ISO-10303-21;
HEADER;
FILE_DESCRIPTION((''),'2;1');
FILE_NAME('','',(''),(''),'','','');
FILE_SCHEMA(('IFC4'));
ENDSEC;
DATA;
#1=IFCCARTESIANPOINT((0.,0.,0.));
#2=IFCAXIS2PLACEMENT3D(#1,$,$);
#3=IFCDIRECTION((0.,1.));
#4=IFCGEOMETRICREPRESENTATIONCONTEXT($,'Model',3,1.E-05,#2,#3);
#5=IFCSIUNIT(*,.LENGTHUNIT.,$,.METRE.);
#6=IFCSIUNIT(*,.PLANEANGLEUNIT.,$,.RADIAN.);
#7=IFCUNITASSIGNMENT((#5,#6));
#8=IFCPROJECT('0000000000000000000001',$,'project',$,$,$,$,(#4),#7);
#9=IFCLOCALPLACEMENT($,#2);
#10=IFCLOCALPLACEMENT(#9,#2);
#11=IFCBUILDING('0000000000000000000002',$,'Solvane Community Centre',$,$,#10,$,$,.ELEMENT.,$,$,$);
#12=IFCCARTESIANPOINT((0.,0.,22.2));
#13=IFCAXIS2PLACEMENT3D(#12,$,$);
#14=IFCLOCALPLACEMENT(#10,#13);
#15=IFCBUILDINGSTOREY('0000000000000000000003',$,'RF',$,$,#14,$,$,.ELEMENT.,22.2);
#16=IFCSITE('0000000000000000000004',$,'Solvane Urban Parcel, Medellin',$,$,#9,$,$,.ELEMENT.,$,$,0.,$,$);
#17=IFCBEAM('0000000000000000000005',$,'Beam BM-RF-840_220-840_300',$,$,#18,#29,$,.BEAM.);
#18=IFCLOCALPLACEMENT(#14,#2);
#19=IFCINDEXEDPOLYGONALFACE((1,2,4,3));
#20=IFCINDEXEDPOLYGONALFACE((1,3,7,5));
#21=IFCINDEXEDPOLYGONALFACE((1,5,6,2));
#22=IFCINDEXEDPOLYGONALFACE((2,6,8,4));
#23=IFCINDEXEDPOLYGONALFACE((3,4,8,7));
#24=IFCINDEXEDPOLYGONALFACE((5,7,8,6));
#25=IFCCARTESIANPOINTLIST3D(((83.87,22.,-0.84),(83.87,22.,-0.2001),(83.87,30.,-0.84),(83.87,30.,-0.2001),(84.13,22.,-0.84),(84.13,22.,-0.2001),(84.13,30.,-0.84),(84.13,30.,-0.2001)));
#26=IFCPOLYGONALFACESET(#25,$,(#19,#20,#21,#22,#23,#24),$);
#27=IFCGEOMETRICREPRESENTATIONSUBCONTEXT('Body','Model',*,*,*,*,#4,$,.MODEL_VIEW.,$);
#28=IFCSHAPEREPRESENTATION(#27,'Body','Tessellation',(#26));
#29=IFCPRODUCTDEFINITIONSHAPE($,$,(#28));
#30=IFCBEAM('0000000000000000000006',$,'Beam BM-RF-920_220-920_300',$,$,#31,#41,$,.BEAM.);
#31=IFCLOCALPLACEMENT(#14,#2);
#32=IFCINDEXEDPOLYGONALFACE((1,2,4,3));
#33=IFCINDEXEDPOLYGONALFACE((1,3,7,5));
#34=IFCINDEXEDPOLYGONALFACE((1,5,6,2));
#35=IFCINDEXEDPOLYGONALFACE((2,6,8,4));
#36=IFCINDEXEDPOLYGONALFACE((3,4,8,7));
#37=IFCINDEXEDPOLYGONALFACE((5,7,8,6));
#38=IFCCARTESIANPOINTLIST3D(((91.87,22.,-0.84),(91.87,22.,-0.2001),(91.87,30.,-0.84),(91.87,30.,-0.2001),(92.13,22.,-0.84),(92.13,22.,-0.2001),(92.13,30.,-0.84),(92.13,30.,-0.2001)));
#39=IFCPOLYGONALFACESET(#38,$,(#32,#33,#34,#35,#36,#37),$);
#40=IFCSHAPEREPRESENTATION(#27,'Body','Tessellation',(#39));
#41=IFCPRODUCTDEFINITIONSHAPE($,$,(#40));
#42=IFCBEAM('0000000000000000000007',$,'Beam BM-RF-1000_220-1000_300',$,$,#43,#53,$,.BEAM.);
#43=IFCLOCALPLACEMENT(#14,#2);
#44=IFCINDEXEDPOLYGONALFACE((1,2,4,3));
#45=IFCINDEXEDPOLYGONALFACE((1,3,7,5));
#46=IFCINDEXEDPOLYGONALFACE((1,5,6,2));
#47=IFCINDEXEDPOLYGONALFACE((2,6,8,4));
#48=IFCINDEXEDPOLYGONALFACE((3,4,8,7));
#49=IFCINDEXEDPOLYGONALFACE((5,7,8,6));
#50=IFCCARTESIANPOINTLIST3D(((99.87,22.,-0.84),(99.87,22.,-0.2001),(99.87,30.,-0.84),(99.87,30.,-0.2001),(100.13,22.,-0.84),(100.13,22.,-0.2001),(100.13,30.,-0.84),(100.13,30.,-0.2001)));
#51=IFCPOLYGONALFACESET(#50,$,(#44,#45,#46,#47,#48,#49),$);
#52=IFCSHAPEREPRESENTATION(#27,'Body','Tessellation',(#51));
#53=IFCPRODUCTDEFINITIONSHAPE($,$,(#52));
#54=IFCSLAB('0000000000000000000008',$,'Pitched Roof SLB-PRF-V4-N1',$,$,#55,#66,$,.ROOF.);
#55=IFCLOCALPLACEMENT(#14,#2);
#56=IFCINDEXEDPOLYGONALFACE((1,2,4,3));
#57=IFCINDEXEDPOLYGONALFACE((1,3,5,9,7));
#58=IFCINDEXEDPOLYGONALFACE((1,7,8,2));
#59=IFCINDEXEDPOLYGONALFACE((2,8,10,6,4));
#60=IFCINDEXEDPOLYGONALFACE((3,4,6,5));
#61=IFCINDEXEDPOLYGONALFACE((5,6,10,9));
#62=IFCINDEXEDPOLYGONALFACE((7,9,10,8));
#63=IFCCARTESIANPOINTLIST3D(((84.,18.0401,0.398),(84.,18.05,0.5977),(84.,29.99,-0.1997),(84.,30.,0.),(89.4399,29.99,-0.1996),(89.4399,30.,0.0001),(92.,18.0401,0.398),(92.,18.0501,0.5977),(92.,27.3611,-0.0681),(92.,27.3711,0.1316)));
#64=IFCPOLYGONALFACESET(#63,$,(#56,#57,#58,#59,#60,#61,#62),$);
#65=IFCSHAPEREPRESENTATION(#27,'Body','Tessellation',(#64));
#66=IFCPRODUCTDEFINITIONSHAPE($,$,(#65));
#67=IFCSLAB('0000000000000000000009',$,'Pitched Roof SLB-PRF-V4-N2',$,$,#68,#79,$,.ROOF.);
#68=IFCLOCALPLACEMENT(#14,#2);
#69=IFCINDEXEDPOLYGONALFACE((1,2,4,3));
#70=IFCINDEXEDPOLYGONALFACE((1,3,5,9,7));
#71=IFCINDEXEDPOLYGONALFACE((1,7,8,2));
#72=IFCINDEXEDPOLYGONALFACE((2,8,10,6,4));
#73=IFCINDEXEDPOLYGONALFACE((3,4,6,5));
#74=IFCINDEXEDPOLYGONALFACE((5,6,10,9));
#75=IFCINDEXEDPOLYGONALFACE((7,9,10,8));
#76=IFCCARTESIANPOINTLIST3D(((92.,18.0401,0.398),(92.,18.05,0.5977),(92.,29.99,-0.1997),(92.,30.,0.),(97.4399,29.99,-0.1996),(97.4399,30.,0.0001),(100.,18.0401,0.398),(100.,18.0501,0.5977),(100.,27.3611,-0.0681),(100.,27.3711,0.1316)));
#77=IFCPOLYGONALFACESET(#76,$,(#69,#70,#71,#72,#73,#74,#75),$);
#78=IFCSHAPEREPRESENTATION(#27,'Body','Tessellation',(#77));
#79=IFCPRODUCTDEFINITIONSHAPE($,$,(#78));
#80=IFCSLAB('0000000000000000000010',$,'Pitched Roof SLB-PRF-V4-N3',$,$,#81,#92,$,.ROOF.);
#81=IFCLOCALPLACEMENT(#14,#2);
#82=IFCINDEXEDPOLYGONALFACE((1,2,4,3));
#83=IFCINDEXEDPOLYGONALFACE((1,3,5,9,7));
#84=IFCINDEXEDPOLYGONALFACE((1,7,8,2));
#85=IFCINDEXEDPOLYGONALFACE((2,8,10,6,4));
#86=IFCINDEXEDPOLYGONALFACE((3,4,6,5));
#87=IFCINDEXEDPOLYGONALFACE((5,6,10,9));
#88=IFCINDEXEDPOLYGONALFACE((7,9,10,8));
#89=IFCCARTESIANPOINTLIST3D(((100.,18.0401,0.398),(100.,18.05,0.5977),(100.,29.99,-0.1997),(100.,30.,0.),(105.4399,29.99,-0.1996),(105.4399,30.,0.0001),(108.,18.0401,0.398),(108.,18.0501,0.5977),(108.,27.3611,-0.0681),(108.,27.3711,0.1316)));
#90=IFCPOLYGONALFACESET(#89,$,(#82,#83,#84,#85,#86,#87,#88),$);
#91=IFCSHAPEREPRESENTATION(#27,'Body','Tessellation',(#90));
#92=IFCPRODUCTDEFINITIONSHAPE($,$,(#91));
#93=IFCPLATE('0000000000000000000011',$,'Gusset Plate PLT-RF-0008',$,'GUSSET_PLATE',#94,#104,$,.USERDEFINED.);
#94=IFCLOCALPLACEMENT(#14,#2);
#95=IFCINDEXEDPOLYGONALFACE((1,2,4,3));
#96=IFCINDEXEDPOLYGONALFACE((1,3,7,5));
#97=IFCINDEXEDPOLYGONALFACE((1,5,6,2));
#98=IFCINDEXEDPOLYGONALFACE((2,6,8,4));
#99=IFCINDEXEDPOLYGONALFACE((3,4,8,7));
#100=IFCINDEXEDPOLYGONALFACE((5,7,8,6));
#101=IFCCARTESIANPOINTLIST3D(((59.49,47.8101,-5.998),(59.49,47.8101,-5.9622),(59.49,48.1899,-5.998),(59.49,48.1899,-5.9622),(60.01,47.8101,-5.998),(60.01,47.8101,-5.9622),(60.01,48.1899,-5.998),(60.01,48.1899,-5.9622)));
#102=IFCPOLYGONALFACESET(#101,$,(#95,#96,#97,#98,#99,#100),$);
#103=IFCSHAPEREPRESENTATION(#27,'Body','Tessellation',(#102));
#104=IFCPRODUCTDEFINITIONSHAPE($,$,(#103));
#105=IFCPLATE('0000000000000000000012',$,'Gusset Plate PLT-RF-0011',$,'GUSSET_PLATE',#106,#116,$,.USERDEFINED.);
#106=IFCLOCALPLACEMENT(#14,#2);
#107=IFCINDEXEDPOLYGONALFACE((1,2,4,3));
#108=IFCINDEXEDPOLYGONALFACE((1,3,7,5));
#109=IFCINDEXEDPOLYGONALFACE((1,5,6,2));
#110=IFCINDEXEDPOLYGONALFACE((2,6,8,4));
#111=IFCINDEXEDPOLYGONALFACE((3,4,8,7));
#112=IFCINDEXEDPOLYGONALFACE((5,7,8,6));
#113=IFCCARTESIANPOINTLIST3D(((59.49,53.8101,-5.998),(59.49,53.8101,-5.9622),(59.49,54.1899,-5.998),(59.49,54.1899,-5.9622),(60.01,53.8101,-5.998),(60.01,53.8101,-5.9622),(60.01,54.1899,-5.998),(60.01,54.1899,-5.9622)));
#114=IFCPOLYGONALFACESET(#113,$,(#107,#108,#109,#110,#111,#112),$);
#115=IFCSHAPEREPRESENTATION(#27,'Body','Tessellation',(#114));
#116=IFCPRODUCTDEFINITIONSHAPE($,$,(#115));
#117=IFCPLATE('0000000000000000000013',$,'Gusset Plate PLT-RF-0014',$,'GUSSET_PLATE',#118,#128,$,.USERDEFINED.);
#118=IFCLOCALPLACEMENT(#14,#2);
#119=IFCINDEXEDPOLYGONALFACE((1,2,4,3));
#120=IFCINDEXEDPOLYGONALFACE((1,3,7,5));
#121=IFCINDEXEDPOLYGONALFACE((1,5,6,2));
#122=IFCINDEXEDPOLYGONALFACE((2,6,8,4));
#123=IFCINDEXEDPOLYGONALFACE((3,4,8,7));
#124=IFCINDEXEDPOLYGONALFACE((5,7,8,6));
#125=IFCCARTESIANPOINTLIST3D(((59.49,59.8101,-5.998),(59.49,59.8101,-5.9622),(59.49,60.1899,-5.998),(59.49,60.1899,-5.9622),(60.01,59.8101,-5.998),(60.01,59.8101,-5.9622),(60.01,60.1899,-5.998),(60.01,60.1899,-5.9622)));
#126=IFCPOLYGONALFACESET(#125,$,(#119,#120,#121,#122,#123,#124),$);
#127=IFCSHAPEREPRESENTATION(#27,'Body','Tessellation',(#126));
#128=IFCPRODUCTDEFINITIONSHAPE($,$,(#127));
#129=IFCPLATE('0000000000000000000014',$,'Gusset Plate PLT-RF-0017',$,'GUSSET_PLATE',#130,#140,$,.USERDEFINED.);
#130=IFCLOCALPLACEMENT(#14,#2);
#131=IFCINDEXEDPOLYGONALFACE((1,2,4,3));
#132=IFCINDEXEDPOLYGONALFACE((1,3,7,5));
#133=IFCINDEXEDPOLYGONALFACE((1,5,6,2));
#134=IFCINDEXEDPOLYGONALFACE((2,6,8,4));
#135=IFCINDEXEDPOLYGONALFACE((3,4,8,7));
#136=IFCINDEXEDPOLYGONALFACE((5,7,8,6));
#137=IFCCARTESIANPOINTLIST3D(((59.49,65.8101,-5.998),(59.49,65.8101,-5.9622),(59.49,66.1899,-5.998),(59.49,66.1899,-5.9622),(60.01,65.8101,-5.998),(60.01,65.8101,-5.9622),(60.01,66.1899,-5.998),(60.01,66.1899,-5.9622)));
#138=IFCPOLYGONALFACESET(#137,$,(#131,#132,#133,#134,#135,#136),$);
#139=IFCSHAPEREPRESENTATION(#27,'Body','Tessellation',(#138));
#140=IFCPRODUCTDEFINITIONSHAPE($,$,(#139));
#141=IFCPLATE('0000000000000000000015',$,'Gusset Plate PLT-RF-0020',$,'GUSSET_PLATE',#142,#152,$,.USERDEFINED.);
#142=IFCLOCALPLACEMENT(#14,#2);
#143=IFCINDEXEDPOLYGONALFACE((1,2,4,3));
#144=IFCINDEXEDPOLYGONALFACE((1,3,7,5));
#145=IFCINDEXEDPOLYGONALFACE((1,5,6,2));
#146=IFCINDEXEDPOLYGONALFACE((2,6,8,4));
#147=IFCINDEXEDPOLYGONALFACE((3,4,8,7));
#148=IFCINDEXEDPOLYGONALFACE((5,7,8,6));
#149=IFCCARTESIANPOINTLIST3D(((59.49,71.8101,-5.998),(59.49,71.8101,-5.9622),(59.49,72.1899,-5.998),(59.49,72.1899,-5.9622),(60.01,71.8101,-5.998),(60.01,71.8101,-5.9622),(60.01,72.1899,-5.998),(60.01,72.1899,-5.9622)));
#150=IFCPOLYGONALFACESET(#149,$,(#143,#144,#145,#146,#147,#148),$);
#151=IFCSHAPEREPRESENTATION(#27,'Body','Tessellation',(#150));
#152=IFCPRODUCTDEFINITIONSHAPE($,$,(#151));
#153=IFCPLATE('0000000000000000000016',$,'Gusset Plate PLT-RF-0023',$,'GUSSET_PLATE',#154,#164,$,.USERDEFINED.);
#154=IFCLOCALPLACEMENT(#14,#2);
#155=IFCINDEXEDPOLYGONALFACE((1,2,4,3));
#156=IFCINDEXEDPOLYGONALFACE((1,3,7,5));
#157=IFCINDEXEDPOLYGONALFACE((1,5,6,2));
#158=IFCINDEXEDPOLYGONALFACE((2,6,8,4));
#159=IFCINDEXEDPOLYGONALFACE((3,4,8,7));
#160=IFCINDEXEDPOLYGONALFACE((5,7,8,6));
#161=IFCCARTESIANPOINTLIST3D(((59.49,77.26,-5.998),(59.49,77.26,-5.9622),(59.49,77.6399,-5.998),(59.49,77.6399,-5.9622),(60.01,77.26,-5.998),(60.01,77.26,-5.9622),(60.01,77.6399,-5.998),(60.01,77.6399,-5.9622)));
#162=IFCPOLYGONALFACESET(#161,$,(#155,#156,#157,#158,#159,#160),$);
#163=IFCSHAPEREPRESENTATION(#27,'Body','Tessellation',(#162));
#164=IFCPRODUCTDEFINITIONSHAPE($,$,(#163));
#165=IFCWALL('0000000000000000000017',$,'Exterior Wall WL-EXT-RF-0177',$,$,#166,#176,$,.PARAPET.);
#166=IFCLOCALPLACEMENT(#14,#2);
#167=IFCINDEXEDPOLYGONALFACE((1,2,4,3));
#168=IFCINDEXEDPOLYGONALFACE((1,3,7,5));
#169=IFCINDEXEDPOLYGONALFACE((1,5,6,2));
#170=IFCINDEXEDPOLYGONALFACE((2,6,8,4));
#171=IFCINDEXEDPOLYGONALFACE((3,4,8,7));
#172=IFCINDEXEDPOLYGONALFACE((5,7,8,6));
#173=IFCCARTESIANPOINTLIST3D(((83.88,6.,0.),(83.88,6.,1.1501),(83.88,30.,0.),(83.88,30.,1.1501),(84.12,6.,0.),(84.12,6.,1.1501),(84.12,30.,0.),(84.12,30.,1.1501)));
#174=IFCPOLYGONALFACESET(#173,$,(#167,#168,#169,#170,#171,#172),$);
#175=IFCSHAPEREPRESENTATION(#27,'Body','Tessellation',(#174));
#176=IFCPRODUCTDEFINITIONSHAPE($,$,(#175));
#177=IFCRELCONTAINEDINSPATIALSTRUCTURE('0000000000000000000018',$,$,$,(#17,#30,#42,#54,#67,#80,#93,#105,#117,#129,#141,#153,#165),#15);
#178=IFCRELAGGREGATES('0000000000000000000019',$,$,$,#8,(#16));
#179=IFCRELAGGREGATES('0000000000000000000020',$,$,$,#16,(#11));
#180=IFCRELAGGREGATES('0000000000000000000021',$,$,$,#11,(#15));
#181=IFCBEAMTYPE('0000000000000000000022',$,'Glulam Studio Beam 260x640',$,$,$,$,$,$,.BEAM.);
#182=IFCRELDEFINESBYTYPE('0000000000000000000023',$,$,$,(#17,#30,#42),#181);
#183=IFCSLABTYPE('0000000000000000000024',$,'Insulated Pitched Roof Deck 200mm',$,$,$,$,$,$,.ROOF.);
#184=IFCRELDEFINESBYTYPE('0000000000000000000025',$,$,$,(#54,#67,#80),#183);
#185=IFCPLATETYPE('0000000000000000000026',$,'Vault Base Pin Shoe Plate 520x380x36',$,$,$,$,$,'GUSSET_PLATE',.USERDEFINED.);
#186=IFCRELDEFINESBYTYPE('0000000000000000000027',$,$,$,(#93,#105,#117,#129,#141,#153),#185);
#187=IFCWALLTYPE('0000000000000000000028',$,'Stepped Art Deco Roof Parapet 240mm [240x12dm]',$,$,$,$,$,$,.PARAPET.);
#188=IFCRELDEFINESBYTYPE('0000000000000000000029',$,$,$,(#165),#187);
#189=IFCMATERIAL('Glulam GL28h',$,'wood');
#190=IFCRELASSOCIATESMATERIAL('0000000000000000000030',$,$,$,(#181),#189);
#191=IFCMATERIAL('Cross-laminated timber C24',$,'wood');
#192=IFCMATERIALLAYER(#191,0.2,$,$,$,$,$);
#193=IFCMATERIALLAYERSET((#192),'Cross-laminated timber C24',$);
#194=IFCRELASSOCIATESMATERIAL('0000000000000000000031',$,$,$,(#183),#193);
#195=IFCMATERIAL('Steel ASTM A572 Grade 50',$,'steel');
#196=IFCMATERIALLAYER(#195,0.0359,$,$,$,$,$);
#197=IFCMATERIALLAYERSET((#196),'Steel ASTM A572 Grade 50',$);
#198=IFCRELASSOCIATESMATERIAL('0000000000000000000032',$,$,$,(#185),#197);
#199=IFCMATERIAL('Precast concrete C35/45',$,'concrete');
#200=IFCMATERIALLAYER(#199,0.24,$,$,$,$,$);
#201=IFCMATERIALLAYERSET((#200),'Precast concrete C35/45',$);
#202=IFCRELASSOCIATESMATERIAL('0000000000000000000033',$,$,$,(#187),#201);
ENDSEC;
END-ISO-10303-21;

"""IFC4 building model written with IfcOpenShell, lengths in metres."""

from ifc_helpers import new_model, si_unit, direction, frame, frame_2d, origin, origin_2d, place, context, subcontext, project, spatial, polyline, rectangle, outline, extrude, material, layer, layer_set, material_profile, profile_set, type_object, element, save


model = new_model("IFC4")

# Units and contexts
model_context = context("Model", 3, precision=1e-05, world=origin(), true_north=direction((0.0, 1.0)))
body_context = subcontext(model_context, "Body", "Model", "MODEL_VIEW")
ifc_project = project(units=[si_unit("LENGTHUNIT", "METRE"), si_unit("PLANEANGLEUNIT", "RADIAN")], contexts=[model_context])

# Site, building, storey
site_placement = place(None, origin())
site = spatial("IfcSite", under=ifc_project, at=site_placement, Name="Solvane Urban Parcel, Medellin", CompositionType="ELEMENT", RefElevation=0.0)
building_placement = place(site_placement, origin())
building = spatial("IfcBuilding", under=site, at=building_placement, Name="Solvane Community Centre", CompositionType="ELEMENT")
storey_placement = place(building_placement, frame((0.0, 0.0, 22.2)))
storey = spatial("IfcBuildingStorey", under=building, at=storey_placement, Name="RF", CompositionType="ELEMENT", Elevation=22.2)

# Beams
ifc_material_1 = material(Name="Glulam GL28h", Category="wood")
ifc_material_profile_1 = material_profile(ifc_material_1, rectangle(XDim=0.26, YDim=0.6399, at=origin_2d()), Name="GL28h 260x640")
ifc_profile_set_1 = profile_set([ifc_material_profile_1], Name="Glulam GL28h")
beam_type_1 = type_object("IfcBeamType", Name="Glulam Studio Beam 260x640", PredefinedType="BEAM", material=ifc_profile_set_1)
for number, where, z_axis, x_axis, name in (
    (1, (84.0, 22.0, -0.52), (0.0, 1.0, 0.0), (-1.0, 0.0, 0.0), "Beam BM-RF-840_220-840_300"),
    (2, (92.0, 22.0, -0.52), (0.0, 1.0, 0.0), (-1.0, 0.0, 0.0), "Beam BM-RF-920_220-920_300"),
    (3, (100.0, 22.0, -0.52), (0.0, 1.0, 0.0), (-1.0, 0.0, 0.0), "Beam BM-RF-1000_220-1000_300"),
):
    element("IfcBeam", number, at=place(storey_placement, frame(where, z_axis=z_axis, x_axis=x_axis)), inside=storey, type_object=beam_type_1, Name=name, PredefinedType="BEAM", context=body_context, shape_type="SweptSolid", body=[
        extrude(rectangle(XDim=0.26, YDim=0.6399, at=origin_2d()), origin(), (0.0, 0.0, 1.0), 8.0),
    ])

# Slabs
ifc_material_2 = material(Name="Cross-laminated timber C24", Category="wood")
ifc_layer_1 = layer(ifc_material_2, 0.2)
ifc_layer_set_1 = layer_set([ifc_layer_1], Name="Cross-laminated timber C24")
slab_type = type_object("IfcSlabType", Name="Insulated Pitched Roof Deck 200mm", PredefinedType="ROOF", material=ifc_layer_set_1)
for number, where, z_axis, x_axis, name in (
    (4, (84.0, 18.05, 0.5977), (-0.000007, 0.049949, 0.998752), (1.0, 0.0, 0.000007), "Pitched Roof SLB-PRF-V4-N1"),
    (5, (92.0, 18.05, 0.5977), (-0.000007, 0.049949, 0.998752), (1.0, 0.0, 0.000007), "Pitched Roof SLB-PRF-V4-N2"),
    (6, (100.0, 18.05, 0.5977), (-0.000007, 0.049949, 0.998752), (1.0, 0.0, 0.000007), "Pitched Roof SLB-PRF-V4-N3"),
):
    element("IfcSlab", number, at=place(storey_placement, frame(where, z_axis=z_axis, x_axis=x_axis)), inside=storey, type_object=slab_type, Name=name, PredefinedType="ROOF", context=body_context, shape_type="SweptSolid", body=[
        extrude(outline(polyline([(0.0, 0.0), (8.0, 0.0), (8.0, 9.3327), (5.4399, 11.9649), (0.0, 11.9649), (0.0, 0.0)])), origin(), (0.0, 0.0, -1.0), 0.2),
    ])

# Plates
ifc_material_3 = material(Name="Steel ASTM A572 Grade 50", Category="steel")
ifc_layer_2 = layer(ifc_material_3, 0.0359)
ifc_layer_set_2 = layer_set([ifc_layer_2], Name="Steel ASTM A572 Grade 50")
plate_type = type_object("IfcPlateType", Name="Vault Base Pin Shoe Plate 520x380x36", ElementType="GUSSET_PLATE", PredefinedType="USERDEFINED", material=ifc_layer_set_2)
for number, where, z_axis, x_axis, name in (
    (7, (59.75, 48.0, -5.998), (0.0, 0.0, 1.0), (1.0, 0.0, 0.0), "Gusset Plate PLT-RF-0008"),
    (8, (59.75, 54.0, -5.998), (0.0, 0.0, 1.0), (1.0, 0.0, 0.0), "Gusset Plate PLT-RF-0011"),
    (9, (59.75, 60.0, -5.998), (0.0, 0.0, 1.0), (1.0, 0.0, 0.0), "Gusset Plate PLT-RF-0014"),
    (10, (59.75, 66.0, -5.998), (0.0, 0.0, 1.0), (1.0, 0.0, 0.0), "Gusset Plate PLT-RF-0017"),
    (11, (59.75, 72.0, -5.998), (0.0, 0.0, 1.0), (1.0, 0.0, 0.0), "Gusset Plate PLT-RF-0020"),
    (12, (59.75, 77.45, -5.998), (0.0, 0.0, 1.0), (1.0, 0.0, 0.0), "Gusset Plate PLT-RF-0023"),
):
    element("IfcPlate", number, at=place(storey_placement, frame(where, z_axis=z_axis, x_axis=x_axis)), inside=storey, type_object=plate_type, Name=name, ObjectType="GUSSET_PLATE", PredefinedType="USERDEFINED", context=body_context, shape_type="SweptSolid", body=[
        extrude(rectangle(XDim=0.52, YDim=0.3799, at=origin_2d()), origin(), (0.0, 0.0, 1.0), 0.0359),
    ])

# Wall
ifc_material_4 = material(Name="Precast concrete C35/45", Category="concrete")
ifc_layer_3 = layer(ifc_material_4, 0.24)
ifc_layer_set_3 = layer_set([ifc_layer_3], Name="Precast concrete C35/45")
wall_type = type_object("IfcWallType", Name="Stepped Art Deco Roof Parapet 240mm [240x12dm]", PredefinedType="PARAPET", material=ifc_layer_set_3)
wall_placement = place(storey_placement, frame((84.0, 30.0, 0.0), z_axis=(0.0, 0.0, 1.0), x_axis=(0.0, -1.0, 0.0)))
element("IfcWall", 13, at=wall_placement, inside=storey, type_object=wall_type, Name="Exterior Wall WL-EXT-RF-0177", PredefinedType="PARAPET", context=body_context, shape_type="SweptSolid", body=[
    extrude(rectangle(XDim=24.0, YDim=0.24, at=frame_2d((12.0, 0.0))), origin(), (0.0, 0.0, 1.0), 1.1501),
])

save(model, "model.ifc")
